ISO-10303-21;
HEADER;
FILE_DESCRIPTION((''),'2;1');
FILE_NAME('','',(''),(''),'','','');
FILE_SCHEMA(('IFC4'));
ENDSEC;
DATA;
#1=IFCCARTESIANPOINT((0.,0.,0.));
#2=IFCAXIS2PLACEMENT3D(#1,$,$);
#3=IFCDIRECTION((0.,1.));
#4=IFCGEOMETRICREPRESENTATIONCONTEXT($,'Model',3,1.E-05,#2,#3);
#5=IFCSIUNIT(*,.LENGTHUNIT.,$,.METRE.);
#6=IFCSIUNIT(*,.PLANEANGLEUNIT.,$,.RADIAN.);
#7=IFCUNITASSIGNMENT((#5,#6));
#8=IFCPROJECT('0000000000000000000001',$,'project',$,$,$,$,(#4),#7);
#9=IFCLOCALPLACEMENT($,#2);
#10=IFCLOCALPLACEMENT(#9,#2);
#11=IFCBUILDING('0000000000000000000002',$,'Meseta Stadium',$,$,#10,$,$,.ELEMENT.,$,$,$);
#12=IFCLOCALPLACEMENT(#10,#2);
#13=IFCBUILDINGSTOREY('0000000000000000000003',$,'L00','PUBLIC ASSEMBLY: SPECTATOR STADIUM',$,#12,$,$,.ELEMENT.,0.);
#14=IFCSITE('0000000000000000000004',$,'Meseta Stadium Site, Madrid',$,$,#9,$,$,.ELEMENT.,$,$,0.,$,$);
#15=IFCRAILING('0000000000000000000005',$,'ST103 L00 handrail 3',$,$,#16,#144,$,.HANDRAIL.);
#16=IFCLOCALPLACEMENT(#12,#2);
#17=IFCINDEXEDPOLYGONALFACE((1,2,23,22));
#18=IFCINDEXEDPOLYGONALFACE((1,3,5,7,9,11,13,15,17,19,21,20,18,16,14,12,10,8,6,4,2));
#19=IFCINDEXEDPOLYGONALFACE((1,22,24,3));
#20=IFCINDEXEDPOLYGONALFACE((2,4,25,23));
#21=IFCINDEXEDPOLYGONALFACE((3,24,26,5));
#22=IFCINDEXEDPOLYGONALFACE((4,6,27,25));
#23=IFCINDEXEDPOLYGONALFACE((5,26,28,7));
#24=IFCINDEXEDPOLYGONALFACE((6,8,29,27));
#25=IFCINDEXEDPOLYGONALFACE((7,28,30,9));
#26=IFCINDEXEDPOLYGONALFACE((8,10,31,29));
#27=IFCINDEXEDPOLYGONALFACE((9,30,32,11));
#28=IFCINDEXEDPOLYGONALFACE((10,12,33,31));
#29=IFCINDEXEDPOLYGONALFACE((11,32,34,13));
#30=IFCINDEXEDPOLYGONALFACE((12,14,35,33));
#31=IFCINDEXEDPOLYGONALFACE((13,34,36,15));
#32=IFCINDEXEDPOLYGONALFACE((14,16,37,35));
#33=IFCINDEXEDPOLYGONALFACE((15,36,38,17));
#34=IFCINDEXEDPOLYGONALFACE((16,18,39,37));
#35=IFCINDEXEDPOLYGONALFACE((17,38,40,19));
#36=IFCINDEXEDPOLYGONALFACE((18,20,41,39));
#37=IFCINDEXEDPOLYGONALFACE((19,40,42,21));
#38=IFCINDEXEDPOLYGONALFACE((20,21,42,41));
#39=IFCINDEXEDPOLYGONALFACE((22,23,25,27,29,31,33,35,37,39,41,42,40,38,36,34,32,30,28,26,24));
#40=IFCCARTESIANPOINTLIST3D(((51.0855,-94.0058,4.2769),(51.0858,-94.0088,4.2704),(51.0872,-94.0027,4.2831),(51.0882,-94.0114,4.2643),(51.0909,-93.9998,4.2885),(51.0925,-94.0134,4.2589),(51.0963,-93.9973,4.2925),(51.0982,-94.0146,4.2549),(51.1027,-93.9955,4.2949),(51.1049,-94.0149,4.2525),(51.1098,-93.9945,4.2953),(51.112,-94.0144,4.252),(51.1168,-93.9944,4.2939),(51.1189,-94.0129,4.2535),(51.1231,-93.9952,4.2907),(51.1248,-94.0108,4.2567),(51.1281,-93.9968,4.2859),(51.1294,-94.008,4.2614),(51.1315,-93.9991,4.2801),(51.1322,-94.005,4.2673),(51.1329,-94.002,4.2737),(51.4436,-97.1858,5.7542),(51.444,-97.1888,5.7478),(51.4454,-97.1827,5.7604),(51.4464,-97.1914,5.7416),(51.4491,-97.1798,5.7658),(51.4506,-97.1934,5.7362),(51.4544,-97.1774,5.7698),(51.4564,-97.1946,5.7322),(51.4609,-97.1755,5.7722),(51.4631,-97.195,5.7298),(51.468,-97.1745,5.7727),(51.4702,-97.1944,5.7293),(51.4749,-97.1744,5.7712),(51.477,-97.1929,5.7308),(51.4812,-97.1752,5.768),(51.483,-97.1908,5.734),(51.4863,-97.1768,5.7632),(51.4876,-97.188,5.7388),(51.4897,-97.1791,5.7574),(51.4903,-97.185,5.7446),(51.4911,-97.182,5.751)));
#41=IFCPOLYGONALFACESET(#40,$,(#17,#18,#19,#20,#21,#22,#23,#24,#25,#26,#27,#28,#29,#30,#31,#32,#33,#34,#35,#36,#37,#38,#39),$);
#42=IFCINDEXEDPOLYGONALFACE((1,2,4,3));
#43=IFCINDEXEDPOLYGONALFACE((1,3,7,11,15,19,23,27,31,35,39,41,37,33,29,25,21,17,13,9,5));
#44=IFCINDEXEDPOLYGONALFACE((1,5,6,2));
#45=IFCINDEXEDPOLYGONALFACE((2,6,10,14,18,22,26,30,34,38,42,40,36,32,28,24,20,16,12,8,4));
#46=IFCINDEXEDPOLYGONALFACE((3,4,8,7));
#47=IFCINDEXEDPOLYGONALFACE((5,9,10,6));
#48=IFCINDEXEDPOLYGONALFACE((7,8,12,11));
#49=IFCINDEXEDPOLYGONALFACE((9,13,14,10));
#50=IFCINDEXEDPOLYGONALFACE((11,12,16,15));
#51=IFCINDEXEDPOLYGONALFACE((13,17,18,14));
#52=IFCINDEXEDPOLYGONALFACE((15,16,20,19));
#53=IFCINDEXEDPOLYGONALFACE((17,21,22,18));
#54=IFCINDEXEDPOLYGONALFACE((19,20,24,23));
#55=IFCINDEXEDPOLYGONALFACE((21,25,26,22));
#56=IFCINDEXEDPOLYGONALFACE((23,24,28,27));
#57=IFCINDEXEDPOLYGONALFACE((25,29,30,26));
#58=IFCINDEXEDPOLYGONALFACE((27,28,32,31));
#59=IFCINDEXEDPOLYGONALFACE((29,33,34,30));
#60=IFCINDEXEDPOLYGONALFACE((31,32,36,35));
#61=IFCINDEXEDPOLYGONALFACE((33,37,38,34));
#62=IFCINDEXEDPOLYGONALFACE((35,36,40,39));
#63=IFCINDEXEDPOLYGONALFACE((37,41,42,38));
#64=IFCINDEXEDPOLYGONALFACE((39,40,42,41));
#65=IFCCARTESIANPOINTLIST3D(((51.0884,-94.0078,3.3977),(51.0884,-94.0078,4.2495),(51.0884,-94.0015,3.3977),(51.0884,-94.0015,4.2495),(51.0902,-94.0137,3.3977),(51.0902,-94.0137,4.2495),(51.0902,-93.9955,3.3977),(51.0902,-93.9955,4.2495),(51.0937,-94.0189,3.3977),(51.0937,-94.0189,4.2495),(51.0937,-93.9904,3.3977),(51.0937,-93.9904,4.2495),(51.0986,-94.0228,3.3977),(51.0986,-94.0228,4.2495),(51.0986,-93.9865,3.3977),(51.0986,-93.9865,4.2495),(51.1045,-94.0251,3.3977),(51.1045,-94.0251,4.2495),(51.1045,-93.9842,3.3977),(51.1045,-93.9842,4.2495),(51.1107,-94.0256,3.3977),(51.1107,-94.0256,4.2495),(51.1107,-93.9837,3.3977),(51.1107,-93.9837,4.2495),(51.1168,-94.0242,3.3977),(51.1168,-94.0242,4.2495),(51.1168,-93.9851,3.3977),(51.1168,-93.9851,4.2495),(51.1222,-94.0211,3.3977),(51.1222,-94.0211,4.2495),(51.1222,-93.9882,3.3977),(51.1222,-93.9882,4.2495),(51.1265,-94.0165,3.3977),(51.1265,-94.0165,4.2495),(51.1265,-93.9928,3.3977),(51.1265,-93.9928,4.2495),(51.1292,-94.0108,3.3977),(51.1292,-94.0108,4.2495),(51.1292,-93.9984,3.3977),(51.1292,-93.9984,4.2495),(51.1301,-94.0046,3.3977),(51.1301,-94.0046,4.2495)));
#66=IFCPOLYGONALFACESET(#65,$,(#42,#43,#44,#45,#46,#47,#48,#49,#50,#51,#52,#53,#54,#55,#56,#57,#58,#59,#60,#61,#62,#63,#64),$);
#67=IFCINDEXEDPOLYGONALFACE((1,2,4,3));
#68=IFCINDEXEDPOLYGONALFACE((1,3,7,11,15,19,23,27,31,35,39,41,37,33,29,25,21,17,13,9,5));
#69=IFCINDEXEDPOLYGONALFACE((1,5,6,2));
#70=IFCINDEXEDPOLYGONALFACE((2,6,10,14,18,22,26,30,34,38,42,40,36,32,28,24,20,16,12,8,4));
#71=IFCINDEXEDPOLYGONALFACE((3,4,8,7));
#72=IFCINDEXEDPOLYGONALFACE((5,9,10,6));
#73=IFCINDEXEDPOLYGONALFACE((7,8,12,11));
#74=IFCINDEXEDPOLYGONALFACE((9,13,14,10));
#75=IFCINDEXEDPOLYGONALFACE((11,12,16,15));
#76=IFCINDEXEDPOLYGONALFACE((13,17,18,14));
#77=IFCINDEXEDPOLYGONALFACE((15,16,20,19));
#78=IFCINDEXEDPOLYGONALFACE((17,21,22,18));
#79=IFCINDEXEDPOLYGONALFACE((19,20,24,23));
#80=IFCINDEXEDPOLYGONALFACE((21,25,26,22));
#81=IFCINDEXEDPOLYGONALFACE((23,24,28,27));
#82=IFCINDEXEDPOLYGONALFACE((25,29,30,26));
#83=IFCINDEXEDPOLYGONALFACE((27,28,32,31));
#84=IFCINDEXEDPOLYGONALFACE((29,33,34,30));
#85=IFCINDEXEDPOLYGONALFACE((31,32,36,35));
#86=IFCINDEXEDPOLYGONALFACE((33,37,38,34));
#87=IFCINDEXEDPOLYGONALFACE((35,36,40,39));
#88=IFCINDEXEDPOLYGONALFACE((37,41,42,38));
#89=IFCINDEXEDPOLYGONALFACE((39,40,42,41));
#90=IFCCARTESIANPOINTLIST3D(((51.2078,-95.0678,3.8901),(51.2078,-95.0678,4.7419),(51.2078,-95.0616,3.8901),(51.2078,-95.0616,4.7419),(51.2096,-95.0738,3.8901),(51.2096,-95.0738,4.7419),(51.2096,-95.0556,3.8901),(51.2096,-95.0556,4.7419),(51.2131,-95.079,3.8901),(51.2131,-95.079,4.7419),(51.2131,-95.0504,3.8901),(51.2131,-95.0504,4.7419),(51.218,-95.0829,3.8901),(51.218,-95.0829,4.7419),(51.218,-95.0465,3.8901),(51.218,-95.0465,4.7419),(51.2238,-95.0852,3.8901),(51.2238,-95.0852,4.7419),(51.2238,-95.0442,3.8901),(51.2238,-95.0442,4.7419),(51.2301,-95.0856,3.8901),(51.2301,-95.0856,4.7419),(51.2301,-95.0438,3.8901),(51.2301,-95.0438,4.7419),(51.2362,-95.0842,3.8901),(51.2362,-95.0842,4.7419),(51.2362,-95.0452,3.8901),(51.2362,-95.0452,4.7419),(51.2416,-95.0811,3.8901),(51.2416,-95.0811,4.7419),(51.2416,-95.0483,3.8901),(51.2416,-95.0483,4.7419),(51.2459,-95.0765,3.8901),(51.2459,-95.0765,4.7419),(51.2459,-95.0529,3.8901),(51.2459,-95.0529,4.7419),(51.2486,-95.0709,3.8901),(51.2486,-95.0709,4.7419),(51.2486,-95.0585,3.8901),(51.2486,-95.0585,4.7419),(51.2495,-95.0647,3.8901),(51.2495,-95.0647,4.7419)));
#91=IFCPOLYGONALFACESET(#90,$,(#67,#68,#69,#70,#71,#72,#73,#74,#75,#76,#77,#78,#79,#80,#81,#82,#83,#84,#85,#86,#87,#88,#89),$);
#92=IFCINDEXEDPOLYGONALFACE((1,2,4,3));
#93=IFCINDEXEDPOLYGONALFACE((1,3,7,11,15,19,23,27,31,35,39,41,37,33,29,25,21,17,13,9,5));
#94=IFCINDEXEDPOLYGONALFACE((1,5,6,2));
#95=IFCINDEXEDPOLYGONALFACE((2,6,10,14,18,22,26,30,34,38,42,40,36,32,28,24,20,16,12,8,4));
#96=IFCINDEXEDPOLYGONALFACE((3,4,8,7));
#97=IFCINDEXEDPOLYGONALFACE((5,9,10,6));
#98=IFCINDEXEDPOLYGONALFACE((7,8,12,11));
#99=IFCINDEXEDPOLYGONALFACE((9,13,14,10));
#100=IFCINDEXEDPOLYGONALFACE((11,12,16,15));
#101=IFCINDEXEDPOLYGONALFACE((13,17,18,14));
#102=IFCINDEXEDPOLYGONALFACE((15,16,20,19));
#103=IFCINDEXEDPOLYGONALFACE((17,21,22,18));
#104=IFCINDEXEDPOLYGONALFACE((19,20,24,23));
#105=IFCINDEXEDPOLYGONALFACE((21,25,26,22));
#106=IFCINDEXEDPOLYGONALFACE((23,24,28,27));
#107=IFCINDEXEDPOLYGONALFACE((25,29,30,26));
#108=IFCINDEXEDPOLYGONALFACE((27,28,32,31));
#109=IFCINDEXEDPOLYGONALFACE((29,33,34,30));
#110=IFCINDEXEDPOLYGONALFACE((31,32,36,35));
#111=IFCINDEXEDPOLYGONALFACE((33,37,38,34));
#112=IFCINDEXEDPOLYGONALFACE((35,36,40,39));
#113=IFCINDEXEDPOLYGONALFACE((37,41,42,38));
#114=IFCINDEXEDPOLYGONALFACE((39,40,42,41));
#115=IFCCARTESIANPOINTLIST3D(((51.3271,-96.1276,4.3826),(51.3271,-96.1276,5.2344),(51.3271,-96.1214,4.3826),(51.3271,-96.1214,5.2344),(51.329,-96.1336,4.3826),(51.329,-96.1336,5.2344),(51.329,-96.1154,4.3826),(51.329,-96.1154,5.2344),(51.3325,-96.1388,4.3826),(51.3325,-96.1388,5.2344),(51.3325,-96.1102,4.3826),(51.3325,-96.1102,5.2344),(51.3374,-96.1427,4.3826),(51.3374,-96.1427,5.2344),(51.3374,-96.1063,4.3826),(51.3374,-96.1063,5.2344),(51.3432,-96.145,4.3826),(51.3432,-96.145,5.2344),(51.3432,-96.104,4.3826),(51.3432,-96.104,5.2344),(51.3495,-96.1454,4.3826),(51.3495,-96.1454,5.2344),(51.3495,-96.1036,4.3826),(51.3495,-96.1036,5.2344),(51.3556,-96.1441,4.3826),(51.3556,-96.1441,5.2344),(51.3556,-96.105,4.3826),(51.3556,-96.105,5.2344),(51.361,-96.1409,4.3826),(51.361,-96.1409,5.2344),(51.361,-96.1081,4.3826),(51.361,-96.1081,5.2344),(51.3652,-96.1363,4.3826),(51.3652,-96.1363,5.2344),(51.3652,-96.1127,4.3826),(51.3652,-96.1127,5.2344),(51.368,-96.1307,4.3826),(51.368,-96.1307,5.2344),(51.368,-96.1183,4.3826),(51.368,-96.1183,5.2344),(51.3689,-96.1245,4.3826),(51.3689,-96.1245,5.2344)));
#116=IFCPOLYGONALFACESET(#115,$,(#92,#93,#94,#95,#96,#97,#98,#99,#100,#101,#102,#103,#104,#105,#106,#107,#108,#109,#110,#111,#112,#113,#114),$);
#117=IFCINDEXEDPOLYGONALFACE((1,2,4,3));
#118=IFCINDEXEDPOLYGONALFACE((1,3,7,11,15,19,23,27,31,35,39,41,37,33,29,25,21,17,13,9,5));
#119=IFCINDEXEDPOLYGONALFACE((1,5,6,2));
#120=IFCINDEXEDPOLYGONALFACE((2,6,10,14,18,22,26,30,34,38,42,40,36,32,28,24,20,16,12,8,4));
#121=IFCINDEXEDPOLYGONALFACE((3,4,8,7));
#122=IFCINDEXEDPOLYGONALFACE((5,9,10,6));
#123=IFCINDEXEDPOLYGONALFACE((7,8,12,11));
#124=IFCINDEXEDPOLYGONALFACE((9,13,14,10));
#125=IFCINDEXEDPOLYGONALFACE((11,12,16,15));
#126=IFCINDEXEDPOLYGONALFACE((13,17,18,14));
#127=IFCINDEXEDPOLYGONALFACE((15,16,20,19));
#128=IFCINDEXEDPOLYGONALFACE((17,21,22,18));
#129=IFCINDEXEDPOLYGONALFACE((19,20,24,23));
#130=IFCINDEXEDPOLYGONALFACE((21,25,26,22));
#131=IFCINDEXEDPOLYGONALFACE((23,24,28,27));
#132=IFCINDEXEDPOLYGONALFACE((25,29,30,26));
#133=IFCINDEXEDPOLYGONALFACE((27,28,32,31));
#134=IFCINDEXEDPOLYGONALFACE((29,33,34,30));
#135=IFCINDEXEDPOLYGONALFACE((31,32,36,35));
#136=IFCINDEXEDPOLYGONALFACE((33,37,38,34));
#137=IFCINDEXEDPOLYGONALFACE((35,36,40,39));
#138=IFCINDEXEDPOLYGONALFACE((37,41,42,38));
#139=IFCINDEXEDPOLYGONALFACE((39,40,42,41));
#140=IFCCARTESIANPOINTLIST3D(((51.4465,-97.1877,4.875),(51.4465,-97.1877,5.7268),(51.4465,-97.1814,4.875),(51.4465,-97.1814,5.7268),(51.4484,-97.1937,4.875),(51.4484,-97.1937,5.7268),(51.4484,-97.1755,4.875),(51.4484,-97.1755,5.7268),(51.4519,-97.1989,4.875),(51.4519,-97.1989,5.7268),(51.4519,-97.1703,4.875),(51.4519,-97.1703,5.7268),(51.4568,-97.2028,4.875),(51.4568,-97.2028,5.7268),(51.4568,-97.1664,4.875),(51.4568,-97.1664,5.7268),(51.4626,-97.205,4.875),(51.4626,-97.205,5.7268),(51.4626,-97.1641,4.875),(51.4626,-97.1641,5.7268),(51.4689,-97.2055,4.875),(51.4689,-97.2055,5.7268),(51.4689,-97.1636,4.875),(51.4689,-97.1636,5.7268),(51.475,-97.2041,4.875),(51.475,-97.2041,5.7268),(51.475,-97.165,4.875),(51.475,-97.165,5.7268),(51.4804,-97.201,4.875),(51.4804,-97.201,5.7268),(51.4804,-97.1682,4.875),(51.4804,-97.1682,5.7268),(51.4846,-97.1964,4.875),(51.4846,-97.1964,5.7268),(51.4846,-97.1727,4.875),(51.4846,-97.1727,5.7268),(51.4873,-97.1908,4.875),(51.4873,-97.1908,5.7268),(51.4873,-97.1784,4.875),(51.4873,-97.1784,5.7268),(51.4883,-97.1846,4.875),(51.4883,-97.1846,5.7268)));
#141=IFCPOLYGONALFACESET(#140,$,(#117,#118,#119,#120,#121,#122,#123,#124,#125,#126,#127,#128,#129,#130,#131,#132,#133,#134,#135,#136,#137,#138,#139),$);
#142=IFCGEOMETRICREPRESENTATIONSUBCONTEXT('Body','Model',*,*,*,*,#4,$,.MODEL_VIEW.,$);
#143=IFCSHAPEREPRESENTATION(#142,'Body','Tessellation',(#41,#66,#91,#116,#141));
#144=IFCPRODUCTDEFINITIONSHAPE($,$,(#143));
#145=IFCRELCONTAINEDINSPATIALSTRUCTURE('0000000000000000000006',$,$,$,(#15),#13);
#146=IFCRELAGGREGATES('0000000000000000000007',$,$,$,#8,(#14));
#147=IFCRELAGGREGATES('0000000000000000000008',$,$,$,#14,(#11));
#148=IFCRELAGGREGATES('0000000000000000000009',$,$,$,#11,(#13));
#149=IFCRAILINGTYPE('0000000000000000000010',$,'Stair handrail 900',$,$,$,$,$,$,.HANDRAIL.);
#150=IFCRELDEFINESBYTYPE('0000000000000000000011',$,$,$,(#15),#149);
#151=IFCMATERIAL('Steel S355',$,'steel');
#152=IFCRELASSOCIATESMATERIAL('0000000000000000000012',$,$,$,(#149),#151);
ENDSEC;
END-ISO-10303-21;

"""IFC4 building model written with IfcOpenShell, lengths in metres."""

from ifc_helpers import new_model, si_unit, direction, frame, origin, origin_2d, place, context, subcontext, project, spatial, circle, extrude, material, type_object, element, save


model = new_model("IFC4")

# Units and contexts
model_context = context("Model", 3, precision=1e-05, world=origin(), true_north=direction((0.0, 1.0)))
body_context = subcontext(model_context, "Body", "Model", "MODEL_VIEW")
ifc_project = project(units=[si_unit("LENGTHUNIT", "METRE"), si_unit("PLANEANGLEUNIT", "RADIAN")], contexts=[model_context])

# Site, building, storey
site_placement = place(None, origin())
site = spatial("IfcSite", under=ifc_project, at=site_placement, Name="Meseta Stadium Site, Madrid", CompositionType="ELEMENT", RefElevation=0.0)
building_placement = place(site_placement, origin())
building = spatial("IfcBuilding", under=site, at=building_placement, Name="Meseta Stadium", CompositionType="ELEMENT")
storey_placement = place(building_placement, origin())
storey = spatial("IfcBuildingStorey", under=building, at=storey_placement, Name="L00", Description="PUBLIC ASSEMBLY: SPECTATOR STADIUM", CompositionType="ELEMENT", Elevation=0.0)

# Railing
ifc_material_1 = material(Name="Steel S355", Category="steel")
railing_type_1 = type_object("IfcRailingType", Name="Stair handrail 900", PredefinedType="HANDRAIL", material=ifc_material_1)
for number, where, name in (
    (1, (51.1091, -94.0046, 3.3977), "ST103 L00 handrail 3"),
):
    element("IfcRailing", number, at=place(storey_placement, frame(where)), inside=storey, type_object=railing_type_1, Name=name, PredefinedType="HANDRAIL", context=body_context, shape_type="SweptSolid", body=[
        extrude(circle(Radius=0.0239, at=origin_2d()), frame((0.0, 0.0, 0.876), z_axis=(0.101616, -0.902217, 0.419141), x_axis=(0.993717, 0.111922, 0.0)), (0.0, 0.0, 1.0), 3.5247),
        extrude(circle(Radius=0.021, at=origin_2d()), origin(), (0.0, 0.0, 1.0), 0.8518),
        extrude(circle(Radius=0.021, at=origin_2d()), frame((0.1194, -1.0601, 0.4924)), (0.0, 0.0, 1.0), 0.8518),
        extrude(circle(Radius=0.021, at=origin_2d()), frame((0.2388, -2.1199, 0.9849)), (0.0, 0.0, 1.0), 0.8518),
        extrude(circle(Radius=0.021, at=origin_2d()), frame((0.3582, -3.1799, 1.4773)), (0.0, 0.0, 1.0), 0.8518),
    ])

save(model, "model.ifc")
